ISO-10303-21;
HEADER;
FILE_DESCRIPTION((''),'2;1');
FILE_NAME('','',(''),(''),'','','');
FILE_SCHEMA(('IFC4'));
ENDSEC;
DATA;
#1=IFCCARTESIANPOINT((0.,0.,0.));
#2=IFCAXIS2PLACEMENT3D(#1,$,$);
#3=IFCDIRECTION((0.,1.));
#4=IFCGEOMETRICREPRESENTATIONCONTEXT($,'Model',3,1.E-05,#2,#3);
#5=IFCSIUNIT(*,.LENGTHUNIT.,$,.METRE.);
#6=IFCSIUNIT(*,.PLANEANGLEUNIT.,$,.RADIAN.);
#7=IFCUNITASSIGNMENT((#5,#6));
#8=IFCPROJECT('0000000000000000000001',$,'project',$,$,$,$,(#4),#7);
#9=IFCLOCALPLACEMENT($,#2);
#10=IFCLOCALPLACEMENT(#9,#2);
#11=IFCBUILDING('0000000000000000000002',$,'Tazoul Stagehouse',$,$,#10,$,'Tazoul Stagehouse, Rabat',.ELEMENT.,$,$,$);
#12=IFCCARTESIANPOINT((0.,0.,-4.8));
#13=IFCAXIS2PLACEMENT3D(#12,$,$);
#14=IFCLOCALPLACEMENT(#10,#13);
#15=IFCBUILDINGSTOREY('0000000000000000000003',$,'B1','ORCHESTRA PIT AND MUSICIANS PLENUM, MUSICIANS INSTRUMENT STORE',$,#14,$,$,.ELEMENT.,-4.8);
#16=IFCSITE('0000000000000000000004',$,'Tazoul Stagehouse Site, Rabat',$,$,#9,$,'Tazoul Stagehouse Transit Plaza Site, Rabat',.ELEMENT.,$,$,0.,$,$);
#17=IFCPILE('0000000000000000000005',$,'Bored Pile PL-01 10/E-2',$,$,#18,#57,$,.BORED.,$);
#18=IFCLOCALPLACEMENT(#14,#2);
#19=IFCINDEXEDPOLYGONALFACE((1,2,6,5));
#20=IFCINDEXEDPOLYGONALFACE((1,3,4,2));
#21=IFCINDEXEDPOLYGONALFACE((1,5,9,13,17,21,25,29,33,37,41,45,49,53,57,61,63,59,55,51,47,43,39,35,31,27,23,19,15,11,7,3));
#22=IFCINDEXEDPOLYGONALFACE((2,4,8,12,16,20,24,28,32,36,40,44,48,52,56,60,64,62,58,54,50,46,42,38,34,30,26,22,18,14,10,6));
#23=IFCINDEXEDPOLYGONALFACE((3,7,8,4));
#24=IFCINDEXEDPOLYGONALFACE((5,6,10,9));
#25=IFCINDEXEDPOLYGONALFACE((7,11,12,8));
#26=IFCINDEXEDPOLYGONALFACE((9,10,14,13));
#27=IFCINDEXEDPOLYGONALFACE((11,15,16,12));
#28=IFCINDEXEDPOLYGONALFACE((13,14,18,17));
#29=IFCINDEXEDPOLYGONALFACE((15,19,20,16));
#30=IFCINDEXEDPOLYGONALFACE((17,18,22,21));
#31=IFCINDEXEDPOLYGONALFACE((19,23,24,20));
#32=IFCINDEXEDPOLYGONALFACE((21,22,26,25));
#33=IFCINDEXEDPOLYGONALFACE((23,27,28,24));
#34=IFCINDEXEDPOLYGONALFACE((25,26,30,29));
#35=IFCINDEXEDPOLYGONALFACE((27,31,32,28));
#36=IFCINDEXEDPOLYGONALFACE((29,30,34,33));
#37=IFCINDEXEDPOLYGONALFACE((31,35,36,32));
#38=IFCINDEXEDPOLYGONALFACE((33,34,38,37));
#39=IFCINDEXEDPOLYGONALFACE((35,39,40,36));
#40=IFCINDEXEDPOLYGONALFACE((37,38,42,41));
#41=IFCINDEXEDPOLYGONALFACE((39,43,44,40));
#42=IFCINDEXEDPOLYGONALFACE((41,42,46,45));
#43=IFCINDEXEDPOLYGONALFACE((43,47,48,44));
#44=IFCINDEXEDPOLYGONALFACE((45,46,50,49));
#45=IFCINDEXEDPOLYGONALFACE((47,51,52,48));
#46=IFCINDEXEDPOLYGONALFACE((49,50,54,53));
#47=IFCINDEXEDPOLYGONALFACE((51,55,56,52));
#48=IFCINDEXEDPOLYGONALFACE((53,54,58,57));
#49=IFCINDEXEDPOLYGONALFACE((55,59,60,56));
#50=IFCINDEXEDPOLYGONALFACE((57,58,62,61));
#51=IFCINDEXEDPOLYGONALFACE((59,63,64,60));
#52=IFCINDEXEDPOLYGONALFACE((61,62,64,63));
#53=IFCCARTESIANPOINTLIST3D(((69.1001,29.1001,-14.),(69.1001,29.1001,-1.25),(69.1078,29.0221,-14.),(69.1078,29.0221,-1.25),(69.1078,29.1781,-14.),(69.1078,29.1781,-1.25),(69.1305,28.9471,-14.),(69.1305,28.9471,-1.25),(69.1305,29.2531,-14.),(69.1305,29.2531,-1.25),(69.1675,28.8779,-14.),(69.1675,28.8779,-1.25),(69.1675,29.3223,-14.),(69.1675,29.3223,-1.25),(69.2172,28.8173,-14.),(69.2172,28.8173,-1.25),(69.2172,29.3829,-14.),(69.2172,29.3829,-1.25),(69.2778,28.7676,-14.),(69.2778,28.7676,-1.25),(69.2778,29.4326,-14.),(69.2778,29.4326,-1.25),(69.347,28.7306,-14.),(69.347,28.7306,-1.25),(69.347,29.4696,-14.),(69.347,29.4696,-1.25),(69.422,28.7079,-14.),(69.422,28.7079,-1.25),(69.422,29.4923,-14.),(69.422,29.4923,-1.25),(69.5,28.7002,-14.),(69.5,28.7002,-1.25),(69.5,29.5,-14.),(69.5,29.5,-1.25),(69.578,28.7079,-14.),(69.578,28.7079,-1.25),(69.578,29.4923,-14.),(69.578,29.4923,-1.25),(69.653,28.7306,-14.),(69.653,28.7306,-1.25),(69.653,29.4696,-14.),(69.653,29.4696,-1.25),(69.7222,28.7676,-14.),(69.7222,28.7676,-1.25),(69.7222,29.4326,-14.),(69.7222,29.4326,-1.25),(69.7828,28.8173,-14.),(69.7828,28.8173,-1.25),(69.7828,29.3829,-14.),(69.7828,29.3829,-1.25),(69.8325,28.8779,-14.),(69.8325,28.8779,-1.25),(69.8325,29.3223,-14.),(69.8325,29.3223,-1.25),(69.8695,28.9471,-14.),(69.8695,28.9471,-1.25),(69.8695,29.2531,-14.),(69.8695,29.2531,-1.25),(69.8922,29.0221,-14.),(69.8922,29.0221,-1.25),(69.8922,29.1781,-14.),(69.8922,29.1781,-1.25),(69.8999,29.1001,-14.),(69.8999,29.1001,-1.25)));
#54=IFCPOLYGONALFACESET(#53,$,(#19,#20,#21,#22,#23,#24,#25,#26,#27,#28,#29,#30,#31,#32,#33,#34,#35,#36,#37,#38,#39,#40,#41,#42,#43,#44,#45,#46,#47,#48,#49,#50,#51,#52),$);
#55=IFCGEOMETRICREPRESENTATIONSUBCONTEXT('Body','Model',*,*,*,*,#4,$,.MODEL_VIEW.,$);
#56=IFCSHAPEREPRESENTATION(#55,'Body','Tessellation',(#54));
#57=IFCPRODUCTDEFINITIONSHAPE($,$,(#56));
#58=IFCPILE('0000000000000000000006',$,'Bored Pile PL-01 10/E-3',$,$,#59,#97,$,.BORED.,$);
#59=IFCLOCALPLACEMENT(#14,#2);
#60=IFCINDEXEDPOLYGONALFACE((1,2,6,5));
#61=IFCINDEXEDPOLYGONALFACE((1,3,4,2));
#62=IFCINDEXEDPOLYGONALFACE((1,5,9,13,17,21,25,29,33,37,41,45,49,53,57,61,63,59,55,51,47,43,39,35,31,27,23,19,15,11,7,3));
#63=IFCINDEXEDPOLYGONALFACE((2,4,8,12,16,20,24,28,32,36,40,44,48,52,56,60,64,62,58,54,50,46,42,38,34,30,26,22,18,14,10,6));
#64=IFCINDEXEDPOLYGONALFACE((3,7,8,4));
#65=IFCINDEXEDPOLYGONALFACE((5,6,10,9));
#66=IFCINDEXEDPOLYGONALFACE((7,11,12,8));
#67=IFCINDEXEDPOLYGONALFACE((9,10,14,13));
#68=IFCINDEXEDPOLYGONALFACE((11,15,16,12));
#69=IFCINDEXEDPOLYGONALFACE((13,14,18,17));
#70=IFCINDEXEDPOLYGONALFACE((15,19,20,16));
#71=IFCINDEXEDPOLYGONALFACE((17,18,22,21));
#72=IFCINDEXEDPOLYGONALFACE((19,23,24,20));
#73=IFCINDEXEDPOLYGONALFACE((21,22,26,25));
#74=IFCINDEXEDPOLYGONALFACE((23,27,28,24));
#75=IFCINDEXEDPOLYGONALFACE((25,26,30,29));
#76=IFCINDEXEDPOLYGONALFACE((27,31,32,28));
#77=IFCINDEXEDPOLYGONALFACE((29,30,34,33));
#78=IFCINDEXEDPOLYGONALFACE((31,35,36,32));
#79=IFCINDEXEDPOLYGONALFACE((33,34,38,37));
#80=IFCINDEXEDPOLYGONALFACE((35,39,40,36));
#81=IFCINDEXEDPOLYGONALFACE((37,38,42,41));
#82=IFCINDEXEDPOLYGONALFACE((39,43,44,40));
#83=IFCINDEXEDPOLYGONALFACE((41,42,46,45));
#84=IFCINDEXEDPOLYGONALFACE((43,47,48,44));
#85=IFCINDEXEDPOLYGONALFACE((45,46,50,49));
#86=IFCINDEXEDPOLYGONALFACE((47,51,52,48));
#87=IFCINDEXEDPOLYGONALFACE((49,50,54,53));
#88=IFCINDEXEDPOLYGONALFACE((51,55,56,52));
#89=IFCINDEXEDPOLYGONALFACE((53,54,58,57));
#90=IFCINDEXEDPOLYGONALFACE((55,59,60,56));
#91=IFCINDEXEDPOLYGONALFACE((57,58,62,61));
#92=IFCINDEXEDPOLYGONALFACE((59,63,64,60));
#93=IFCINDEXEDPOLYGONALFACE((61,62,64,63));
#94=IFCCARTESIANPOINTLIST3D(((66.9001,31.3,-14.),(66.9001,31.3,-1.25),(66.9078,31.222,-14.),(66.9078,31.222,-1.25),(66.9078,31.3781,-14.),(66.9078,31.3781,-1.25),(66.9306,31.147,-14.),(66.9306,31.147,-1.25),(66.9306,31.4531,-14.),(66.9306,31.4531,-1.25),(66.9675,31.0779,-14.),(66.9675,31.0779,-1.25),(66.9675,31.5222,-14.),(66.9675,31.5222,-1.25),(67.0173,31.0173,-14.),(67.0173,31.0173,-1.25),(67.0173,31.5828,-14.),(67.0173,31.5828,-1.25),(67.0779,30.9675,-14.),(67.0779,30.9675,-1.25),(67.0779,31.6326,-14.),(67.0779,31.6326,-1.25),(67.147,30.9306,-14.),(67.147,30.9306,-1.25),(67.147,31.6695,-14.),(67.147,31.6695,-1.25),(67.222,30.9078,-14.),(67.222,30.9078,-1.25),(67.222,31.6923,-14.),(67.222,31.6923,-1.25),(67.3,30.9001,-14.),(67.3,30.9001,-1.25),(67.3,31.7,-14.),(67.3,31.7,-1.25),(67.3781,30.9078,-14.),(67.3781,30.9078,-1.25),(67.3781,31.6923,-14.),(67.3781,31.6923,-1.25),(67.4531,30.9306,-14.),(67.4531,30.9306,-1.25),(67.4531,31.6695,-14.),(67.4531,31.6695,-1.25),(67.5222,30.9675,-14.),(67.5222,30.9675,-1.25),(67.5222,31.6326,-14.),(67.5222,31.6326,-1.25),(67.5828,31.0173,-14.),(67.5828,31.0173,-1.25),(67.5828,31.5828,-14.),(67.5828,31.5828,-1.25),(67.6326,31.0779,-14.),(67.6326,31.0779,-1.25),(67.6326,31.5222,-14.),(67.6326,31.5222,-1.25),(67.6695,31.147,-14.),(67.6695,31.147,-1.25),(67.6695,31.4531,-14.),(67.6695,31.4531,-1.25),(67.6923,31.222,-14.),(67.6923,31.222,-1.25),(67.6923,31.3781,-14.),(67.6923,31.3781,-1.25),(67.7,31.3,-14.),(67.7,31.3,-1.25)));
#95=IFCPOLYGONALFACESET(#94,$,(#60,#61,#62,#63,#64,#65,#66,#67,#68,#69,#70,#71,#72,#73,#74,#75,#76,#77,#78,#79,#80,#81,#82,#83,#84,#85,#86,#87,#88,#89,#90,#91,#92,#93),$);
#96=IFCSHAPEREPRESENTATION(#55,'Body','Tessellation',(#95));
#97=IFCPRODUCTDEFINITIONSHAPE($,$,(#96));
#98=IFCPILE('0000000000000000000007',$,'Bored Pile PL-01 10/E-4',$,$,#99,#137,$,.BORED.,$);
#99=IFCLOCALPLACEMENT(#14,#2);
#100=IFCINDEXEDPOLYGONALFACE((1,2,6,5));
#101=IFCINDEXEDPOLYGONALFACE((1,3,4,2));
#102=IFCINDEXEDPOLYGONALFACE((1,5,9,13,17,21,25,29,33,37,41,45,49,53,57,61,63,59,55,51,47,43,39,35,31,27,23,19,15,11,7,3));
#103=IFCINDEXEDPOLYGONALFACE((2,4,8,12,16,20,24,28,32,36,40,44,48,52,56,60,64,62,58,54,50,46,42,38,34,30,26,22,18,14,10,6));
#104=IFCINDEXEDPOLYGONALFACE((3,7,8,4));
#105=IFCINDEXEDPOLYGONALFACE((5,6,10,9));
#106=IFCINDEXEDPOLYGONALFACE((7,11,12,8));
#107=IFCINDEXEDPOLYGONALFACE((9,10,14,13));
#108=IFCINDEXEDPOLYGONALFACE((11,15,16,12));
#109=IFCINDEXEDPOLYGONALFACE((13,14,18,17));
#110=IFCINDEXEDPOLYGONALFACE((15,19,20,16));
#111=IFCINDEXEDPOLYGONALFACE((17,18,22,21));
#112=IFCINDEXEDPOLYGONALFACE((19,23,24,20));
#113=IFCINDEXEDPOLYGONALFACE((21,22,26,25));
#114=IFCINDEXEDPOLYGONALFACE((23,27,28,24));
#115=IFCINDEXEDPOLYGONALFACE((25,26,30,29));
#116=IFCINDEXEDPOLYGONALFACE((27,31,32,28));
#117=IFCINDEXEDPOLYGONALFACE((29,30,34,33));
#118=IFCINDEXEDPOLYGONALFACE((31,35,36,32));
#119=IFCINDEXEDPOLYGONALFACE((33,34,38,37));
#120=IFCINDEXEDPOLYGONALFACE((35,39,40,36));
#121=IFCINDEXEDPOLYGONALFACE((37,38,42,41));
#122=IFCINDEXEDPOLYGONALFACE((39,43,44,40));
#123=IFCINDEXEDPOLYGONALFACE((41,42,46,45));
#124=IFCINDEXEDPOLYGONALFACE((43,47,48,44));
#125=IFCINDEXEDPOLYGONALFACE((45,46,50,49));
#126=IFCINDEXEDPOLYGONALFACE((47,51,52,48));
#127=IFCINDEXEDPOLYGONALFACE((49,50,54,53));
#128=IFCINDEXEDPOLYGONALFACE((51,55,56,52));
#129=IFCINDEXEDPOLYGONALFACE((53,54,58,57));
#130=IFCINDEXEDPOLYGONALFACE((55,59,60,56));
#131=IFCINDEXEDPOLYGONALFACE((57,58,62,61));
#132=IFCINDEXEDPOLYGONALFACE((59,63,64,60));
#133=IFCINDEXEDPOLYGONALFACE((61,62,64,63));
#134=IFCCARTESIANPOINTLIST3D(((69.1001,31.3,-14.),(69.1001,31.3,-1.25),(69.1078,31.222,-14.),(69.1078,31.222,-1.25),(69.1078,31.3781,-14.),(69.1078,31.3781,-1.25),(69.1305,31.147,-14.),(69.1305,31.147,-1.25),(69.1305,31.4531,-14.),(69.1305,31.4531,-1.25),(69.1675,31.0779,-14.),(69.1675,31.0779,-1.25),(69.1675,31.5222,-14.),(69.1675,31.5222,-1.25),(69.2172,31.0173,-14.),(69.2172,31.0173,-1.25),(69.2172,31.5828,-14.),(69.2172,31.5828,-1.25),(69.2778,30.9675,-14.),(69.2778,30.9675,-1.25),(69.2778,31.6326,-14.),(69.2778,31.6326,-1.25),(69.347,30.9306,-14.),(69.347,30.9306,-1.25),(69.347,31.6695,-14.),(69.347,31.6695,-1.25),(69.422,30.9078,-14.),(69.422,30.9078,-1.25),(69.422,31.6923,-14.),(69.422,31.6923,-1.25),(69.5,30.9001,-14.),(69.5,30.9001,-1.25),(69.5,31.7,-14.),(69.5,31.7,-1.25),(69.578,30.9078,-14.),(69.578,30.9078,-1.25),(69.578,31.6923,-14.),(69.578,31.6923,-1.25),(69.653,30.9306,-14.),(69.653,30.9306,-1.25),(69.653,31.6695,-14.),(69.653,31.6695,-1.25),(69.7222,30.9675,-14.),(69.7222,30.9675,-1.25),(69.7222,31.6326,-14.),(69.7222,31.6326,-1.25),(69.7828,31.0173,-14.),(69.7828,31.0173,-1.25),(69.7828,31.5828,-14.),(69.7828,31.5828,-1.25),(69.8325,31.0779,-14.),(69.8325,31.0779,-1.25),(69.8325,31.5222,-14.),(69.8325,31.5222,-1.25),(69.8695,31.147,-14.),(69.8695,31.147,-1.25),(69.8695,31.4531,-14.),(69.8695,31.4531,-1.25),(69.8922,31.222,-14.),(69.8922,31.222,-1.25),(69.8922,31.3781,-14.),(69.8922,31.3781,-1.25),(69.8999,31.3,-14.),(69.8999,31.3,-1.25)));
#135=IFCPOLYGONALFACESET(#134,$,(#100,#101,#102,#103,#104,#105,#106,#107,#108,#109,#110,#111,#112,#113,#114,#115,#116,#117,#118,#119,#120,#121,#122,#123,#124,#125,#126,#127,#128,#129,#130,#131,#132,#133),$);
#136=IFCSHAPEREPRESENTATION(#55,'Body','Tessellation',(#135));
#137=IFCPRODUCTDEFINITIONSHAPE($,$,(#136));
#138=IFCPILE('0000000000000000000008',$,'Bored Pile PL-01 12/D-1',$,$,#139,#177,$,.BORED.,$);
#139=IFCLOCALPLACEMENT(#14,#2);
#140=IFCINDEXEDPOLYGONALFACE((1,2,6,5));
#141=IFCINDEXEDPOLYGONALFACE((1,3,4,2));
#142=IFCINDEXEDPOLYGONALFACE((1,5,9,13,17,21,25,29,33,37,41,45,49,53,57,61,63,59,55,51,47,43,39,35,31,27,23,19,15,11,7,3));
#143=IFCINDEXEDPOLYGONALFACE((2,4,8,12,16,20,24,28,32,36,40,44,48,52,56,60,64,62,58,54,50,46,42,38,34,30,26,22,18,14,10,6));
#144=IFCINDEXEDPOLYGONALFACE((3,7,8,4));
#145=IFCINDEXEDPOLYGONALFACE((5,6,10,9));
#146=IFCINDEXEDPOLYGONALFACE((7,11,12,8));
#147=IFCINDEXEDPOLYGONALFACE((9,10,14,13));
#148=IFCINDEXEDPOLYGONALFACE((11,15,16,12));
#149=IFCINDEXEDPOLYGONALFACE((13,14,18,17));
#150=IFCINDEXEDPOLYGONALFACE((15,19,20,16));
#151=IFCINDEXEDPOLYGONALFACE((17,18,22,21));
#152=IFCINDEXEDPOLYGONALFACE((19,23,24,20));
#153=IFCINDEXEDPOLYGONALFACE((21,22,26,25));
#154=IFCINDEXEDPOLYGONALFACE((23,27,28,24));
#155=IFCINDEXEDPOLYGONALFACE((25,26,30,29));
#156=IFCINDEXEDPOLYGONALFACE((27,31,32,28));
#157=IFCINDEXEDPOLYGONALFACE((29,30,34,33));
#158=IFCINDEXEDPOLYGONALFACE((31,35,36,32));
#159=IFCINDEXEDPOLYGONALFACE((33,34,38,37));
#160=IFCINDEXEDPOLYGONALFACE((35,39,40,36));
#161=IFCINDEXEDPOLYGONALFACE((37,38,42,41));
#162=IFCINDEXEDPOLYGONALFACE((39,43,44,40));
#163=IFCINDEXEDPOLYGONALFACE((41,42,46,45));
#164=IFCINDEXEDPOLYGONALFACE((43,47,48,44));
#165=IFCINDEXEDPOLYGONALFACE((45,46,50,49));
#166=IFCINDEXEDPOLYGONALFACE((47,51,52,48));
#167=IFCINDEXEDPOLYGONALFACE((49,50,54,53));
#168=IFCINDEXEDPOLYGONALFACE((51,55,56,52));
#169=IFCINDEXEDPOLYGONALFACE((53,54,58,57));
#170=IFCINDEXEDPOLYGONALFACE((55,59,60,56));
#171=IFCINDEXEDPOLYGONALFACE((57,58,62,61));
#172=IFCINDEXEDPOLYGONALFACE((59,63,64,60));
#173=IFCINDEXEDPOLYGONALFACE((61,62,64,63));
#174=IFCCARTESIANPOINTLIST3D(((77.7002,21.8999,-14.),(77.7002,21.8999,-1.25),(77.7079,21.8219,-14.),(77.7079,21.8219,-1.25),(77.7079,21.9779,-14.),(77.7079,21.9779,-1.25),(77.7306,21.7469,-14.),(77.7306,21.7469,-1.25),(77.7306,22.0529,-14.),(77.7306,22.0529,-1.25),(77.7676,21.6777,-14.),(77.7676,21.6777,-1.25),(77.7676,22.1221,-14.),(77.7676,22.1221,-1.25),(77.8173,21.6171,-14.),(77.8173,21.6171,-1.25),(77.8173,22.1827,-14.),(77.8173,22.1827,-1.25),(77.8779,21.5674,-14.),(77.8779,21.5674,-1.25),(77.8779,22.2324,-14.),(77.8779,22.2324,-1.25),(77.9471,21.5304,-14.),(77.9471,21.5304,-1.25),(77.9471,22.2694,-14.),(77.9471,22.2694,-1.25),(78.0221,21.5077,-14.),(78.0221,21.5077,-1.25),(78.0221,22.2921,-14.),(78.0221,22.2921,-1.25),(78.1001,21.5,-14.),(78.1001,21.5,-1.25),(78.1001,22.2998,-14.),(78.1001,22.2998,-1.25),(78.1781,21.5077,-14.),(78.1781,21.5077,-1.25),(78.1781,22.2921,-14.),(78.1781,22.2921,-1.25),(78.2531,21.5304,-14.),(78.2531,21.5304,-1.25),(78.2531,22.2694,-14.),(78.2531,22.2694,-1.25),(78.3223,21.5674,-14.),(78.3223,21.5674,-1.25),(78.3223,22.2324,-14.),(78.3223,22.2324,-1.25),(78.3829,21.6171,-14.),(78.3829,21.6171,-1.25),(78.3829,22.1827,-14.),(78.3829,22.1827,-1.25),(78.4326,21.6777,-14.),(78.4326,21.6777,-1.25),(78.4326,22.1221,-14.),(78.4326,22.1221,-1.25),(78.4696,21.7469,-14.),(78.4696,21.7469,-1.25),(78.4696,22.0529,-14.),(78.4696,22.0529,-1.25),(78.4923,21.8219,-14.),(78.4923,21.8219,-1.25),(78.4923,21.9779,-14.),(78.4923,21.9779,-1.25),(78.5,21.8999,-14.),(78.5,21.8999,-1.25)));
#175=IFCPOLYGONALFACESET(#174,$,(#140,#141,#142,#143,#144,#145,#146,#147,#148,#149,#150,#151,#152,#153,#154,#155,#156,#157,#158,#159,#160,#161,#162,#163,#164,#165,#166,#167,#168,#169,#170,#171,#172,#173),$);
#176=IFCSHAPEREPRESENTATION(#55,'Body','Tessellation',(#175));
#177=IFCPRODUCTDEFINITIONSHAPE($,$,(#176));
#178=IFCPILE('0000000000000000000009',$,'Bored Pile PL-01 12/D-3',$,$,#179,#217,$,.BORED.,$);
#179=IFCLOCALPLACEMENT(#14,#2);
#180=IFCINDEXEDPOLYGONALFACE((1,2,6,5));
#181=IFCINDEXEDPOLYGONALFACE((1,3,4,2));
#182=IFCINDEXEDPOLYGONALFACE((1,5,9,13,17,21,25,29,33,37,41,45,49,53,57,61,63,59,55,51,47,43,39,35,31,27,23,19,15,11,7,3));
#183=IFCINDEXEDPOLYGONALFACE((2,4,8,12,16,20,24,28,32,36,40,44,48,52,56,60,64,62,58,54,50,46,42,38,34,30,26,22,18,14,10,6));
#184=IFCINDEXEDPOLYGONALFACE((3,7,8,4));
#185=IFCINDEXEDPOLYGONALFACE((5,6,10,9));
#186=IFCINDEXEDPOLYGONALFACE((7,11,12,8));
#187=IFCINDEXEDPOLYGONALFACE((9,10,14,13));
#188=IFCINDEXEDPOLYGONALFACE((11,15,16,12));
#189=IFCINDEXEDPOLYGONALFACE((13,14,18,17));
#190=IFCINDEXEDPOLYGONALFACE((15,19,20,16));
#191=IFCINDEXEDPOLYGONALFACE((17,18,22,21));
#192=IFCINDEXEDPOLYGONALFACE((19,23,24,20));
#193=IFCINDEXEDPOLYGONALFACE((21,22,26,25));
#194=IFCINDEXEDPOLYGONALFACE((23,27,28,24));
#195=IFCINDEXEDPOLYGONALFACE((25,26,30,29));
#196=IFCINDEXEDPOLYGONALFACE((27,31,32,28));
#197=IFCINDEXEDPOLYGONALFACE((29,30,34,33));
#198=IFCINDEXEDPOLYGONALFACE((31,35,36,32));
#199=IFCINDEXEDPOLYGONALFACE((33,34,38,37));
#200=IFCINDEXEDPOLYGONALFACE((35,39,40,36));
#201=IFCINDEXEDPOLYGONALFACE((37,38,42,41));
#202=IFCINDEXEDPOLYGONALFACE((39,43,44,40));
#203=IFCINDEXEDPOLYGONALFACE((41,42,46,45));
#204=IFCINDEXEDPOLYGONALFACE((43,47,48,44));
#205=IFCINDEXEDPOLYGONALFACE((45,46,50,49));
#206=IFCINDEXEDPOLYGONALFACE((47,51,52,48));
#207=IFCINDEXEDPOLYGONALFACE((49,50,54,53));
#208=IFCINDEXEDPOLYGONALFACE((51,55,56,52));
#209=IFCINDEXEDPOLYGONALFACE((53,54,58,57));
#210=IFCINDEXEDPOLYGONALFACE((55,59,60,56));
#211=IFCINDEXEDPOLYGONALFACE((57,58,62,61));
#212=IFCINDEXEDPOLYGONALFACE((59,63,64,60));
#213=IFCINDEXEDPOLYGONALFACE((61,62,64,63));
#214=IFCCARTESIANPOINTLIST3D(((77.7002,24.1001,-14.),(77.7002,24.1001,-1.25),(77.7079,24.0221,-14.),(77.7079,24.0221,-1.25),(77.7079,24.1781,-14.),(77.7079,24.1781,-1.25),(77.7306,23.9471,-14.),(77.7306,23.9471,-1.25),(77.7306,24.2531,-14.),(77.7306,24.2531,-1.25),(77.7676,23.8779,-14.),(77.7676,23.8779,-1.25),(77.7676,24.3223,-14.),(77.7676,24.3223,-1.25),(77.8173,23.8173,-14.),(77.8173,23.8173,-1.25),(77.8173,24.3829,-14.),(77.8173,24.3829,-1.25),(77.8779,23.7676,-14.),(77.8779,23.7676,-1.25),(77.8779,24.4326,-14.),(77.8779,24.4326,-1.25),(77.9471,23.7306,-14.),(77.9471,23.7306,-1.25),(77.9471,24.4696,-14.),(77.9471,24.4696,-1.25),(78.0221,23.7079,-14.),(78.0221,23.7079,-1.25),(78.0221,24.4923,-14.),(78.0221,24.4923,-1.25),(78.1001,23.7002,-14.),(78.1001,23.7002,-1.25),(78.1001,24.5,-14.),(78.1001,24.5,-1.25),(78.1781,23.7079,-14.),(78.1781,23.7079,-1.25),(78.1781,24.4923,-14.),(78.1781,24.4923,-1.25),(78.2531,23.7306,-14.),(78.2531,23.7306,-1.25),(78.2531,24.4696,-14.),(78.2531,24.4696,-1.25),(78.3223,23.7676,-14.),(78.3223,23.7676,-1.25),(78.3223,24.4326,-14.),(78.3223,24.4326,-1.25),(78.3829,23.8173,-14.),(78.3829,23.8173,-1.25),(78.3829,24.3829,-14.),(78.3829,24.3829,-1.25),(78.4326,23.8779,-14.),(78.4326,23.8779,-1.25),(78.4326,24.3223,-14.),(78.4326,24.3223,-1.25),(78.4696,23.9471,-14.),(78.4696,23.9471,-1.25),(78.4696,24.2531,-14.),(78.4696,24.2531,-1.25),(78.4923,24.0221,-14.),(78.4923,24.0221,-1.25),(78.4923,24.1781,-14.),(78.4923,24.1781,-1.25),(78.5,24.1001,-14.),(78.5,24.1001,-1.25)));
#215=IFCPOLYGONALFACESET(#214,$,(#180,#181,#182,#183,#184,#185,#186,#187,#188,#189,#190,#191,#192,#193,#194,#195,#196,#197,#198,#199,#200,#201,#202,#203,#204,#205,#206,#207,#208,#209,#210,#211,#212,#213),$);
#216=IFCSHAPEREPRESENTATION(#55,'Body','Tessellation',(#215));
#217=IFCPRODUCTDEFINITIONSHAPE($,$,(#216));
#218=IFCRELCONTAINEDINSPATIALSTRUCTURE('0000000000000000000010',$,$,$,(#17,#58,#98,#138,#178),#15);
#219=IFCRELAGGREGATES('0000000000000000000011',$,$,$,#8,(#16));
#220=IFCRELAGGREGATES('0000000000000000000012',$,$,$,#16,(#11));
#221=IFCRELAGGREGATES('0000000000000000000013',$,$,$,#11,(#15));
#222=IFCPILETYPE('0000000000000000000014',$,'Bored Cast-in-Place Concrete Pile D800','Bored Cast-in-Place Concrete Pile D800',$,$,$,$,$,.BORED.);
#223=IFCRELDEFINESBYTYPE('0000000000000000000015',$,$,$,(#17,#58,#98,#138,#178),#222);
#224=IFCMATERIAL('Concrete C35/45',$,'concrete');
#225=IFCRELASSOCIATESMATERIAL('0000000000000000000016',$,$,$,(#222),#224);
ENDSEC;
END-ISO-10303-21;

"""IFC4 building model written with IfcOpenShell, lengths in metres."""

from ifc_helpers import new_model, si_unit, direction, frame, origin, origin_2d, place, context, subcontext, project, spatial, circle, extrude, material, material_profile, profile_set, type_object, element, save


model = new_model("IFC4")

# Units and contexts
model_context = context("Model", 3, precision=1e-05, world=origin(), true_north=direction((0.0, 1.0)))
body_context = subcontext(model_context, "Body", "Model", "MODEL_VIEW")
ifc_project = project(units=[si_unit("LENGTHUNIT", "METRE"), si_unit("PLANEANGLEUNIT", "RADIAN")], contexts=[model_context])

# Site, building, storey
site_placement = place(None, origin())
site = spatial("IfcSite", under=ifc_project, at=site_placement, Name="Tazoul Stagehouse Site, Rabat", LongName="Tazoul Stagehouse Transit Plaza Site, Rabat", CompositionType="ELEMENT", RefElevation=0.0)
building_placement = place(site_placement, origin())
building = spatial("IfcBuilding", under=site, at=building_placement, Name="Tazoul Stagehouse", LongName="Tazoul Stagehouse, Rabat", CompositionType="ELEMENT")
storey_placement = place(building_placement, frame((0.0, 0.0, -4.8)))
storey = spatial("IfcBuildingStorey", under=building, at=storey_placement, Name="B1", Description="ORCHESTRA PIT AND MUSICIANS PLENUM, MUSICIANS INSTRUMENT STORE", CompositionType="ELEMENT", Elevation=-4.8)

# Piles
ifc_material_1 = material(Name="Concrete C35/45", Category="concrete")
ifc_material_profile_1 = material_profile(ifc_material_1, circle(Radius=0.3999, at=origin_2d()), Name="BORED PILE 800")
ifc_profile_set_1 = profile_set([ifc_material_profile_1], Name="Concrete C35/45")
pile_type = type_object("IfcPileType", Name="Bored Cast-in-Place Concrete Pile D800", Description="Bored Cast-in-Place Concrete Pile D800", PredefinedType="BORED", material=ifc_profile_set_1)
for number, where, z_axis, x_axis, name in (
    (1, (69.5, 29.1001, -1.25), (0.0, 0.0, -1.0), (1.0, 0.0, 0.0), "Bored Pile PL-01 10/E-2"),
    (2, (67.3, 31.3, -1.25), (0.0, 0.0, -1.0), (1.0, 0.0, 0.0), "Bored Pile PL-01 10/E-3"),
    (3, (69.5, 31.3, -1.25), (0.0, 0.0, -1.0), (1.0, 0.0, 0.0), "Bored Pile PL-01 10/E-4"),
    (4, (78.1001, 21.8999, -1.25), (0.0, 0.0, -1.0), (1.0, 0.0, 0.0), "Bored Pile PL-01 12/D-1"),
    (5, (78.1001, 24.1001, -1.25), (0.0, 0.0, -1.0), (1.0, 0.0, 0.0), "Bored Pile PL-01 12/D-3"),
):
    element("IfcPile", number, at=place(storey_placement, frame(where, z_axis=z_axis, x_axis=x_axis)), inside=storey, type_object=pile_type, Name=name, PredefinedType="BORED", context=body_context, shape_type="SweptSolid", body=[
        extrude(circle(Radius=0.3999, at=origin_2d()), origin(), (0.0, 0.0, 1.0), 12.75),
    ])

save(model, "model.ifc")
